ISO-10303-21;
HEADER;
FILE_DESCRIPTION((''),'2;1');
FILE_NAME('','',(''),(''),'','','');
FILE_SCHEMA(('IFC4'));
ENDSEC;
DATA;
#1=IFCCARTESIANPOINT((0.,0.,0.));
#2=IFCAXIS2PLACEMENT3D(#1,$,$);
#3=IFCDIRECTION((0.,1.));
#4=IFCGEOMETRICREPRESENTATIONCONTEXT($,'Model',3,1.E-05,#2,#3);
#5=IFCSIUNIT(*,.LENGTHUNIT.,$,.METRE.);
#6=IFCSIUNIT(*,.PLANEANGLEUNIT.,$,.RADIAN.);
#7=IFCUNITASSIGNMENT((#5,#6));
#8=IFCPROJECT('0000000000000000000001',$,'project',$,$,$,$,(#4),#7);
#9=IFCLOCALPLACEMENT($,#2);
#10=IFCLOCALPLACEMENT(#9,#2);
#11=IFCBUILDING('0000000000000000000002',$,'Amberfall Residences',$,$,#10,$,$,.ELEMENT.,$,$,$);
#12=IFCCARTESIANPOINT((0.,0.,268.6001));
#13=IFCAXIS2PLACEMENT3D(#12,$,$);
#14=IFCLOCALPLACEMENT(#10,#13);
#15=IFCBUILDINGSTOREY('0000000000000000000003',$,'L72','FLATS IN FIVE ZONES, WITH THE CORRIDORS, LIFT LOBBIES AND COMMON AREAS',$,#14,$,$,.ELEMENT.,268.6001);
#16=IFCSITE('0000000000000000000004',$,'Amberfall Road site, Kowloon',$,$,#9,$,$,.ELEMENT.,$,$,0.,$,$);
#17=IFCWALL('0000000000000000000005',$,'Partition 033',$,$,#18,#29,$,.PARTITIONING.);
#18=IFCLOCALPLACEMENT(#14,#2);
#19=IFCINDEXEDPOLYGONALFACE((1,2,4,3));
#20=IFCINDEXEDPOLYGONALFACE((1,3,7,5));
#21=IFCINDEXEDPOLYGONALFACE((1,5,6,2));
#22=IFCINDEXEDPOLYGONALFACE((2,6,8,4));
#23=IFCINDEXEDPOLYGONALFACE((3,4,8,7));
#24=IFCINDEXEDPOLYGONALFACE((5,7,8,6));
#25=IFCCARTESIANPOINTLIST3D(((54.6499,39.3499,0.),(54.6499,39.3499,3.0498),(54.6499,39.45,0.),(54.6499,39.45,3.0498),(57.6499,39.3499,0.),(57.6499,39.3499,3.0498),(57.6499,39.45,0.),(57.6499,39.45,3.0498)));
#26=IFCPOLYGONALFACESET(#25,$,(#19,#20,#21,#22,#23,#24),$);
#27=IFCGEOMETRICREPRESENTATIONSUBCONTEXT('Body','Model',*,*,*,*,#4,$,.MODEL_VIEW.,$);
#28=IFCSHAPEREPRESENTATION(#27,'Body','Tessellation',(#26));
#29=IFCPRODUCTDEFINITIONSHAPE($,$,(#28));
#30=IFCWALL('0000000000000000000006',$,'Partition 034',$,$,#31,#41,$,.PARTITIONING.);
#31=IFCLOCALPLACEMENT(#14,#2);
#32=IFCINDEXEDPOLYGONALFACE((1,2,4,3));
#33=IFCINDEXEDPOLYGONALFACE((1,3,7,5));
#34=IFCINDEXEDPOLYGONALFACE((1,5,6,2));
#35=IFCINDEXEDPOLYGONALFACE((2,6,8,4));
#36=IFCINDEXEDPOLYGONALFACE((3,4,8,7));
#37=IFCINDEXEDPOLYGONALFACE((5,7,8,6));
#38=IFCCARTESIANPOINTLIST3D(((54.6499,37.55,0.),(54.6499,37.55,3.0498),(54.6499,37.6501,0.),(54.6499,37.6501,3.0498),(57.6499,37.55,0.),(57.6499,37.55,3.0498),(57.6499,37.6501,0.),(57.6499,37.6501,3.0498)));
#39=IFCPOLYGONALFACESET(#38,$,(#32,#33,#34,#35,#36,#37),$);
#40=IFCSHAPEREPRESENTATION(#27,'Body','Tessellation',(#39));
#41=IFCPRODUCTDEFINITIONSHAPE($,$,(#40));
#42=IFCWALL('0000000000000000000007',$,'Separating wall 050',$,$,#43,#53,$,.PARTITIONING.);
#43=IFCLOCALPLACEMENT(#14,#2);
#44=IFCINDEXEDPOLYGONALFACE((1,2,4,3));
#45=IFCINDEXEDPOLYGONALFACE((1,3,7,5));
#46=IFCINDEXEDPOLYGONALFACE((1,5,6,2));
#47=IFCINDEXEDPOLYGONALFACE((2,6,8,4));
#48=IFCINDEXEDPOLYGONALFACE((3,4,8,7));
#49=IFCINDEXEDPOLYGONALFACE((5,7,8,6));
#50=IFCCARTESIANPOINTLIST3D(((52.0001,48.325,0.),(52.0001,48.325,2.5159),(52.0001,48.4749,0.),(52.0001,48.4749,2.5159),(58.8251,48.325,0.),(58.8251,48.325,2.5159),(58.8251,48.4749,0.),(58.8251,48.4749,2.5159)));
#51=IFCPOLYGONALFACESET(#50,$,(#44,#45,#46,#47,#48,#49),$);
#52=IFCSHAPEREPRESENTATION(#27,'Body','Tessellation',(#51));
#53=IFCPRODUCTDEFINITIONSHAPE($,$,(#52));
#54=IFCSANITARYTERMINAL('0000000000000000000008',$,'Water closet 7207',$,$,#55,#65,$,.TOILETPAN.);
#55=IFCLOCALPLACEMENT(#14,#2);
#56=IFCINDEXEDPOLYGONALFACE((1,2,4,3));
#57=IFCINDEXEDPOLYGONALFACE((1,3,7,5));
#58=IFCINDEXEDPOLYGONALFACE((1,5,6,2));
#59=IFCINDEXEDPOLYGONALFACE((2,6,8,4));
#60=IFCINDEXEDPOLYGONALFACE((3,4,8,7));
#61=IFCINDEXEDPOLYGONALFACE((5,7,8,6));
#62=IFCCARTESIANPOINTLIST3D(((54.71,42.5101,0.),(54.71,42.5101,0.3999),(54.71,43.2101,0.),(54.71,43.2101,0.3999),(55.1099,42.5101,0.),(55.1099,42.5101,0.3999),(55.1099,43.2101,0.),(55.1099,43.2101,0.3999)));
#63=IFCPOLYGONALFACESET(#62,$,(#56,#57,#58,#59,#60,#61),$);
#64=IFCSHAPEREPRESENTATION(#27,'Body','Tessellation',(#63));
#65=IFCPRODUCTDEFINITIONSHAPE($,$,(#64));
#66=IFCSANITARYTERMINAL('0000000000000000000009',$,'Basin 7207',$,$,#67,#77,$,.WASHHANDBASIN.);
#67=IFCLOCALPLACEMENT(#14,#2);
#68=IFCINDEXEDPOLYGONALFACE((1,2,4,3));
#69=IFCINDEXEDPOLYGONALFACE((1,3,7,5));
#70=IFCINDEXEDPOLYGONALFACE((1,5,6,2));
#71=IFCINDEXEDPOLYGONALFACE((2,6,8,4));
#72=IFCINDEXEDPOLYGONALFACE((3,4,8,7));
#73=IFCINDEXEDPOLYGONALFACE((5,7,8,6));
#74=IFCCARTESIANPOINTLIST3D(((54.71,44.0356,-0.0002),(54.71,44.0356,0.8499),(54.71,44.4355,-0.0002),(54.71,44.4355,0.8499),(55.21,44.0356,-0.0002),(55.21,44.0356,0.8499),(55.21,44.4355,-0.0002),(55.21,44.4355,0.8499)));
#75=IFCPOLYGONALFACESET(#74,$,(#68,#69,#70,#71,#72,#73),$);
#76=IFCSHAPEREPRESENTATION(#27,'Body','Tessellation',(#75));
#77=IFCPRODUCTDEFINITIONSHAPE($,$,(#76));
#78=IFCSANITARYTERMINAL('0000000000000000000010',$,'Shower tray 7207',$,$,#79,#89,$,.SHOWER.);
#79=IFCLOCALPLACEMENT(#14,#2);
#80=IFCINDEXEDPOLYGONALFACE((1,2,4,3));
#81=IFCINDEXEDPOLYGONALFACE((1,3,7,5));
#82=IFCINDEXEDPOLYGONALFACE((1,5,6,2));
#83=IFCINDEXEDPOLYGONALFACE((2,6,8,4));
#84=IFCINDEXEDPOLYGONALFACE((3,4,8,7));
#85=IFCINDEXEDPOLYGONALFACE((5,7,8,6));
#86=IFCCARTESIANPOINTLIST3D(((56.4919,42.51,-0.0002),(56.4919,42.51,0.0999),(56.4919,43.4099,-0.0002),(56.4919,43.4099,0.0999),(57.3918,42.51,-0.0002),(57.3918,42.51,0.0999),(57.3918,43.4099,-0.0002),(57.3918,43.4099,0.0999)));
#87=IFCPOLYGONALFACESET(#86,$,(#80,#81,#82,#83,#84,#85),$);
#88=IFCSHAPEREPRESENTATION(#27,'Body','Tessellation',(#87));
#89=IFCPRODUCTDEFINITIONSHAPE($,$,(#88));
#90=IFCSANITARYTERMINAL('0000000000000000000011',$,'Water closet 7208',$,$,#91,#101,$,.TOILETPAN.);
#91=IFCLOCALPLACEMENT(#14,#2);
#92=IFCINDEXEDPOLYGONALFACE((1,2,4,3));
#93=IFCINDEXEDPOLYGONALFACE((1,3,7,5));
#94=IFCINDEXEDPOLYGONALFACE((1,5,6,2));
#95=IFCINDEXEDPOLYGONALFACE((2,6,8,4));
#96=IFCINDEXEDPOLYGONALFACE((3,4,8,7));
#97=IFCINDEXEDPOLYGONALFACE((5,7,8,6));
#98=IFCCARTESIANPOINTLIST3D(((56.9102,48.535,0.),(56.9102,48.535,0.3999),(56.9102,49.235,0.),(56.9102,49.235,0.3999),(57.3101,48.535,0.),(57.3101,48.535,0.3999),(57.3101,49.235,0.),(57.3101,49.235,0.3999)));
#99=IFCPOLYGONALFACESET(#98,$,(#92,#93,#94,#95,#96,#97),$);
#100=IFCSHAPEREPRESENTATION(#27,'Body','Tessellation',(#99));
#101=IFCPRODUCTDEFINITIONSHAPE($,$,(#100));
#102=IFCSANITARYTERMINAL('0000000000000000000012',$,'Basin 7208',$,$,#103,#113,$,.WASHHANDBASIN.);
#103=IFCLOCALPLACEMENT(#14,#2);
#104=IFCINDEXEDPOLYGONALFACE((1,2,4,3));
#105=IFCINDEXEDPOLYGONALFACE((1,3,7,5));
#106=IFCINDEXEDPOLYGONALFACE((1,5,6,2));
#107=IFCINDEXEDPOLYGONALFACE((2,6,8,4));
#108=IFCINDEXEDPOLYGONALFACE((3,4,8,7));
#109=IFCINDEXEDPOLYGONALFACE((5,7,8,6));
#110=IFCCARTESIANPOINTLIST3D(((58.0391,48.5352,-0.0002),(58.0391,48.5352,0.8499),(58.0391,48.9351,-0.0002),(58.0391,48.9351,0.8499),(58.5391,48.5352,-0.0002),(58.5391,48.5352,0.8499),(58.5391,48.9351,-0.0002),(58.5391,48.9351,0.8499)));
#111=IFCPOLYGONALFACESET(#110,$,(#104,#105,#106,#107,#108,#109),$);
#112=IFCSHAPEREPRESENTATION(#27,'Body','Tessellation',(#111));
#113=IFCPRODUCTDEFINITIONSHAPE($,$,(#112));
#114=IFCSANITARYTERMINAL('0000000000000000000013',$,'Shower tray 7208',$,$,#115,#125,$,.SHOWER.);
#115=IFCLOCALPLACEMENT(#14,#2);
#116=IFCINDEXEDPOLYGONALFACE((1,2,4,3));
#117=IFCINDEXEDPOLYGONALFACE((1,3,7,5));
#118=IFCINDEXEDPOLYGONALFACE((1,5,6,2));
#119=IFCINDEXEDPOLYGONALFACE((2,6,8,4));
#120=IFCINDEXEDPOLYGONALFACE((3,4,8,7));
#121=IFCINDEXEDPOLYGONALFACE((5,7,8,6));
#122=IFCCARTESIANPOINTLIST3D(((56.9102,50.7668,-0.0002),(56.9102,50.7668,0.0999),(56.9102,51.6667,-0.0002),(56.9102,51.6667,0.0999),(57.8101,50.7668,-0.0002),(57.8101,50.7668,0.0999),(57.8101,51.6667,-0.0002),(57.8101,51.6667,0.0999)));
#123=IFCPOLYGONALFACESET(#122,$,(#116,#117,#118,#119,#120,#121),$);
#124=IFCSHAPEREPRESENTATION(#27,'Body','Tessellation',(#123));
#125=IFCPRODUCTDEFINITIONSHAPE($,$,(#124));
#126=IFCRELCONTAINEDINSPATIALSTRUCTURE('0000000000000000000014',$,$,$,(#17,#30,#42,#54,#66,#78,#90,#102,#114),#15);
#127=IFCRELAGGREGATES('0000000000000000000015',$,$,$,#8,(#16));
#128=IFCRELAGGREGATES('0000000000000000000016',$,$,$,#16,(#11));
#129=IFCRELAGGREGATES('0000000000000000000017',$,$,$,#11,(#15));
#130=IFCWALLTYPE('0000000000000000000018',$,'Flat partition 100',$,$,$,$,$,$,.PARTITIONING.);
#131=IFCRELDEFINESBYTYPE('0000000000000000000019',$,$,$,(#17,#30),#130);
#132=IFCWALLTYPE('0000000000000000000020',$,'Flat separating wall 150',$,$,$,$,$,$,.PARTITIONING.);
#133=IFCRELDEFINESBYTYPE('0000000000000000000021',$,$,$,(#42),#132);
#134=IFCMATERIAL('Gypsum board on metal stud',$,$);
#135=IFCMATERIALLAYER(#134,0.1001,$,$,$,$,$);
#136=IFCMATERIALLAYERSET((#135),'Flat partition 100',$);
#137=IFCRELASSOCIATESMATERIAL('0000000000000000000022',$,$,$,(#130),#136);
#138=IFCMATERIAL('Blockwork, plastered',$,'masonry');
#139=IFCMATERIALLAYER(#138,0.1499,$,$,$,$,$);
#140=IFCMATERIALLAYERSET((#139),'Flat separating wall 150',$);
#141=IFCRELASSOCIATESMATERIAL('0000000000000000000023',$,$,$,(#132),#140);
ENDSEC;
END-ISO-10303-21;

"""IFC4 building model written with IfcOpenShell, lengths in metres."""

from ifc_helpers import new_model, si_unit, direction, frame, frame_2d, origin, origin_2d, place, context, subcontext, project, spatial, rectangle, extrude, material, layer, layer_set, type_object, element, save


model = new_model("IFC4")

# Units and contexts
model_context = context("Model", 3, precision=1e-05, world=origin(), true_north=direction((0.0, 1.0)))
body_context = subcontext(model_context, "Body", "Model", "MODEL_VIEW")
ifc_project = project(units=[si_unit("LENGTHUNIT", "METRE"), si_unit("PLANEANGLEUNIT", "RADIAN")], contexts=[model_context])

# Site, building, storey
site_placement = place(None, origin())
site = spatial("IfcSite", under=ifc_project, at=site_placement, Name="Amberfall Road site, Kowloon", CompositionType="ELEMENT", RefElevation=0.0)
building_placement = place(site_placement, origin())
building = spatial("IfcBuilding", under=site, at=building_placement, Name="Amberfall Residences", CompositionType="ELEMENT")
storey_placement = place(building_placement, frame((0.0, 0.0, 268.6001)))
storey = spatial("IfcBuildingStorey", under=building, at=storey_placement, Name="L72", Description="FLATS IN FIVE ZONES, WITH THE CORRIDORS, LIFT LOBBIES AND COMMON AREAS", CompositionType="ELEMENT", Elevation=268.6001)

# Walls
ifc_material_1 = material(Name="Gypsum board on metal stud")
ifc_layer_1 = layer(ifc_material_1, 0.1001)
ifc_layer_set_1 = layer_set([ifc_layer_1], Name="Flat partition 100")
wall_type_1 = type_object("IfcWallType", Name="Flat partition 100", PredefinedType="PARTITIONING", material=ifc_layer_set_1)
for number, where, z_axis, x_axis, name in (
    (1, (54.6499, 39.3999, 0.0), (0.0, 0.0, 1.0), (1.0, 0.0, 0.0), "Partition 033"),
    (2, (54.6499, 37.6001, 0.0), (0.0, 0.0, 1.0), (1.0, 0.0, 0.0), "Partition 034"),
):
    element("IfcWall", number, at=place(storey_placement, frame(where, z_axis=z_axis, x_axis=x_axis)), inside=storey, type_object=wall_type_1, Name=name, PredefinedType="PARTITIONING", context=body_context, shape_type="SweptSolid", body=[
        extrude(rectangle(XDim=3.0, YDim=0.1001, at=frame_2d((1.5, 0.0))), origin(), (0.0, 0.0, 1.0), 3.0498),
    ])
ifc_material_2 = material(Name="Blockwork, plastered", Category="masonry")
ifc_layer_2 = layer(ifc_material_2, 0.1499)
ifc_layer_set_2 = layer_set([ifc_layer_2], Name="Flat separating wall 150")
wall_type_2 = type_object("IfcWallType", Name="Flat separating wall 150", PredefinedType="PARTITIONING", material=ifc_layer_set_2)
wall_1_placement = place(storey_placement, frame((52.0, 48.3999, 0.0), z_axis=(0.0, 0.0, 1.0), x_axis=(1.0, 0.0, 0.0)))
element("IfcWall", 3, at=wall_1_placement, inside=storey, type_object=wall_type_2, Name="Separating wall 050", PredefinedType="PARTITIONING", context=body_context, shape_type="SweptSolid", body=[
    extrude(rectangle(XDim=6.825, YDim=0.1499, at=frame_2d((3.4126, 0.0))), origin(), (0.0, 0.0, 1.0), 2.5159),
])

# Sanitary terminals
sanitary_terminal_1_placement = place(storey_placement, frame((54.9099, 42.8601, 0.0), z_axis=(0.0, 0.0, 1.0), x_axis=(1.0, 0.0, 0.0)))
element("IfcSanitaryTerminal", 4, at=sanitary_terminal_1_placement, inside=storey, Name="Water closet 7207", PredefinedType="TOILETPAN", context=body_context, shape_type="SweptSolid", body=[
    extrude(rectangle(XDim=0.3999, YDim=0.7, at=origin_2d()), origin(), (0.0, 0.0, 1.0), 0.3999),
])
sanitary_terminal_2_placement = place(storey_placement, frame((54.96, 44.2356, -0.0002), z_axis=(0.0, 0.0, 1.0), x_axis=(1.0, 0.0, 0.0)))
element("IfcSanitaryTerminal", 5, at=sanitary_terminal_2_placement, inside=storey, Name="Basin 7207", PredefinedType="WASHHANDBASIN", context=body_context, shape_type="SweptSolid", body=[
    extrude(rectangle(XDim=0.5, YDim=0.3999, at=origin_2d()), origin(), (0.0, 0.0, 1.0), 0.8501),
])
sanitary_terminal_3_placement = place(storey_placement, frame((56.9419, 42.96, -0.0002), z_axis=(0.0, 0.0, 1.0), x_axis=(1.0, 0.0, 0.0)))
element("IfcSanitaryTerminal", 6, at=sanitary_terminal_3_placement, inside=storey, Name="Shower tray 7207", PredefinedType="SHOWER", context=body_context, shape_type="SweptSolid", body=[
    extrude(rectangle(XDim=0.8999, YDim=0.8999, at=origin_2d()), origin(), (0.0, 0.0, 1.0), 0.1001),
])
sanitary_terminal_4_placement = place(storey_placement, frame((57.1101, 48.885, 0.0), z_axis=(0.0, 0.0, 1.0), x_axis=(1.0, 0.0, 0.0)))
element("IfcSanitaryTerminal", 7, at=sanitary_terminal_4_placement, inside=storey, Name="Water closet 7208", PredefinedType="TOILETPAN", context=body_context, shape_type="SweptSolid", body=[
    extrude(rectangle(XDim=0.3999, YDim=0.7, at=origin_2d()), origin(), (0.0, 0.0, 1.0), 0.3999),
])
sanitary_terminal_5_placement = place(storey_placement, frame((58.2891, 48.7351, -0.0002), z_axis=(0.0, 0.0, 1.0), x_axis=(1.0, 0.0, 0.0)))
element("IfcSanitaryTerminal", 8, at=sanitary_terminal_5_placement, inside=storey, Name="Basin 7208", PredefinedType="WASHHANDBASIN", context=body_context, shape_type="SweptSolid", body=[
    extrude(rectangle(XDim=0.5, YDim=0.3999, at=origin_2d()), origin(), (0.0, 0.0, 1.0), 0.8501),
])
sanitary_terminal_6_placement = place(storey_placement, frame((57.3601, 51.2168, -0.0002), z_axis=(0.0, 0.0, 1.0), x_axis=(1.0, 0.0, 0.0)))
element("IfcSanitaryTerminal", 9, at=sanitary_terminal_6_placement, inside=storey, Name="Shower tray 7208", PredefinedType="SHOWER", context=body_context, shape_type="SweptSolid", body=[
    extrude(rectangle(XDim=0.8999, YDim=0.8999, at=origin_2d()), origin(), (0.0, 0.0, 1.0), 0.1001),
])

save(model, "model.ifc")
